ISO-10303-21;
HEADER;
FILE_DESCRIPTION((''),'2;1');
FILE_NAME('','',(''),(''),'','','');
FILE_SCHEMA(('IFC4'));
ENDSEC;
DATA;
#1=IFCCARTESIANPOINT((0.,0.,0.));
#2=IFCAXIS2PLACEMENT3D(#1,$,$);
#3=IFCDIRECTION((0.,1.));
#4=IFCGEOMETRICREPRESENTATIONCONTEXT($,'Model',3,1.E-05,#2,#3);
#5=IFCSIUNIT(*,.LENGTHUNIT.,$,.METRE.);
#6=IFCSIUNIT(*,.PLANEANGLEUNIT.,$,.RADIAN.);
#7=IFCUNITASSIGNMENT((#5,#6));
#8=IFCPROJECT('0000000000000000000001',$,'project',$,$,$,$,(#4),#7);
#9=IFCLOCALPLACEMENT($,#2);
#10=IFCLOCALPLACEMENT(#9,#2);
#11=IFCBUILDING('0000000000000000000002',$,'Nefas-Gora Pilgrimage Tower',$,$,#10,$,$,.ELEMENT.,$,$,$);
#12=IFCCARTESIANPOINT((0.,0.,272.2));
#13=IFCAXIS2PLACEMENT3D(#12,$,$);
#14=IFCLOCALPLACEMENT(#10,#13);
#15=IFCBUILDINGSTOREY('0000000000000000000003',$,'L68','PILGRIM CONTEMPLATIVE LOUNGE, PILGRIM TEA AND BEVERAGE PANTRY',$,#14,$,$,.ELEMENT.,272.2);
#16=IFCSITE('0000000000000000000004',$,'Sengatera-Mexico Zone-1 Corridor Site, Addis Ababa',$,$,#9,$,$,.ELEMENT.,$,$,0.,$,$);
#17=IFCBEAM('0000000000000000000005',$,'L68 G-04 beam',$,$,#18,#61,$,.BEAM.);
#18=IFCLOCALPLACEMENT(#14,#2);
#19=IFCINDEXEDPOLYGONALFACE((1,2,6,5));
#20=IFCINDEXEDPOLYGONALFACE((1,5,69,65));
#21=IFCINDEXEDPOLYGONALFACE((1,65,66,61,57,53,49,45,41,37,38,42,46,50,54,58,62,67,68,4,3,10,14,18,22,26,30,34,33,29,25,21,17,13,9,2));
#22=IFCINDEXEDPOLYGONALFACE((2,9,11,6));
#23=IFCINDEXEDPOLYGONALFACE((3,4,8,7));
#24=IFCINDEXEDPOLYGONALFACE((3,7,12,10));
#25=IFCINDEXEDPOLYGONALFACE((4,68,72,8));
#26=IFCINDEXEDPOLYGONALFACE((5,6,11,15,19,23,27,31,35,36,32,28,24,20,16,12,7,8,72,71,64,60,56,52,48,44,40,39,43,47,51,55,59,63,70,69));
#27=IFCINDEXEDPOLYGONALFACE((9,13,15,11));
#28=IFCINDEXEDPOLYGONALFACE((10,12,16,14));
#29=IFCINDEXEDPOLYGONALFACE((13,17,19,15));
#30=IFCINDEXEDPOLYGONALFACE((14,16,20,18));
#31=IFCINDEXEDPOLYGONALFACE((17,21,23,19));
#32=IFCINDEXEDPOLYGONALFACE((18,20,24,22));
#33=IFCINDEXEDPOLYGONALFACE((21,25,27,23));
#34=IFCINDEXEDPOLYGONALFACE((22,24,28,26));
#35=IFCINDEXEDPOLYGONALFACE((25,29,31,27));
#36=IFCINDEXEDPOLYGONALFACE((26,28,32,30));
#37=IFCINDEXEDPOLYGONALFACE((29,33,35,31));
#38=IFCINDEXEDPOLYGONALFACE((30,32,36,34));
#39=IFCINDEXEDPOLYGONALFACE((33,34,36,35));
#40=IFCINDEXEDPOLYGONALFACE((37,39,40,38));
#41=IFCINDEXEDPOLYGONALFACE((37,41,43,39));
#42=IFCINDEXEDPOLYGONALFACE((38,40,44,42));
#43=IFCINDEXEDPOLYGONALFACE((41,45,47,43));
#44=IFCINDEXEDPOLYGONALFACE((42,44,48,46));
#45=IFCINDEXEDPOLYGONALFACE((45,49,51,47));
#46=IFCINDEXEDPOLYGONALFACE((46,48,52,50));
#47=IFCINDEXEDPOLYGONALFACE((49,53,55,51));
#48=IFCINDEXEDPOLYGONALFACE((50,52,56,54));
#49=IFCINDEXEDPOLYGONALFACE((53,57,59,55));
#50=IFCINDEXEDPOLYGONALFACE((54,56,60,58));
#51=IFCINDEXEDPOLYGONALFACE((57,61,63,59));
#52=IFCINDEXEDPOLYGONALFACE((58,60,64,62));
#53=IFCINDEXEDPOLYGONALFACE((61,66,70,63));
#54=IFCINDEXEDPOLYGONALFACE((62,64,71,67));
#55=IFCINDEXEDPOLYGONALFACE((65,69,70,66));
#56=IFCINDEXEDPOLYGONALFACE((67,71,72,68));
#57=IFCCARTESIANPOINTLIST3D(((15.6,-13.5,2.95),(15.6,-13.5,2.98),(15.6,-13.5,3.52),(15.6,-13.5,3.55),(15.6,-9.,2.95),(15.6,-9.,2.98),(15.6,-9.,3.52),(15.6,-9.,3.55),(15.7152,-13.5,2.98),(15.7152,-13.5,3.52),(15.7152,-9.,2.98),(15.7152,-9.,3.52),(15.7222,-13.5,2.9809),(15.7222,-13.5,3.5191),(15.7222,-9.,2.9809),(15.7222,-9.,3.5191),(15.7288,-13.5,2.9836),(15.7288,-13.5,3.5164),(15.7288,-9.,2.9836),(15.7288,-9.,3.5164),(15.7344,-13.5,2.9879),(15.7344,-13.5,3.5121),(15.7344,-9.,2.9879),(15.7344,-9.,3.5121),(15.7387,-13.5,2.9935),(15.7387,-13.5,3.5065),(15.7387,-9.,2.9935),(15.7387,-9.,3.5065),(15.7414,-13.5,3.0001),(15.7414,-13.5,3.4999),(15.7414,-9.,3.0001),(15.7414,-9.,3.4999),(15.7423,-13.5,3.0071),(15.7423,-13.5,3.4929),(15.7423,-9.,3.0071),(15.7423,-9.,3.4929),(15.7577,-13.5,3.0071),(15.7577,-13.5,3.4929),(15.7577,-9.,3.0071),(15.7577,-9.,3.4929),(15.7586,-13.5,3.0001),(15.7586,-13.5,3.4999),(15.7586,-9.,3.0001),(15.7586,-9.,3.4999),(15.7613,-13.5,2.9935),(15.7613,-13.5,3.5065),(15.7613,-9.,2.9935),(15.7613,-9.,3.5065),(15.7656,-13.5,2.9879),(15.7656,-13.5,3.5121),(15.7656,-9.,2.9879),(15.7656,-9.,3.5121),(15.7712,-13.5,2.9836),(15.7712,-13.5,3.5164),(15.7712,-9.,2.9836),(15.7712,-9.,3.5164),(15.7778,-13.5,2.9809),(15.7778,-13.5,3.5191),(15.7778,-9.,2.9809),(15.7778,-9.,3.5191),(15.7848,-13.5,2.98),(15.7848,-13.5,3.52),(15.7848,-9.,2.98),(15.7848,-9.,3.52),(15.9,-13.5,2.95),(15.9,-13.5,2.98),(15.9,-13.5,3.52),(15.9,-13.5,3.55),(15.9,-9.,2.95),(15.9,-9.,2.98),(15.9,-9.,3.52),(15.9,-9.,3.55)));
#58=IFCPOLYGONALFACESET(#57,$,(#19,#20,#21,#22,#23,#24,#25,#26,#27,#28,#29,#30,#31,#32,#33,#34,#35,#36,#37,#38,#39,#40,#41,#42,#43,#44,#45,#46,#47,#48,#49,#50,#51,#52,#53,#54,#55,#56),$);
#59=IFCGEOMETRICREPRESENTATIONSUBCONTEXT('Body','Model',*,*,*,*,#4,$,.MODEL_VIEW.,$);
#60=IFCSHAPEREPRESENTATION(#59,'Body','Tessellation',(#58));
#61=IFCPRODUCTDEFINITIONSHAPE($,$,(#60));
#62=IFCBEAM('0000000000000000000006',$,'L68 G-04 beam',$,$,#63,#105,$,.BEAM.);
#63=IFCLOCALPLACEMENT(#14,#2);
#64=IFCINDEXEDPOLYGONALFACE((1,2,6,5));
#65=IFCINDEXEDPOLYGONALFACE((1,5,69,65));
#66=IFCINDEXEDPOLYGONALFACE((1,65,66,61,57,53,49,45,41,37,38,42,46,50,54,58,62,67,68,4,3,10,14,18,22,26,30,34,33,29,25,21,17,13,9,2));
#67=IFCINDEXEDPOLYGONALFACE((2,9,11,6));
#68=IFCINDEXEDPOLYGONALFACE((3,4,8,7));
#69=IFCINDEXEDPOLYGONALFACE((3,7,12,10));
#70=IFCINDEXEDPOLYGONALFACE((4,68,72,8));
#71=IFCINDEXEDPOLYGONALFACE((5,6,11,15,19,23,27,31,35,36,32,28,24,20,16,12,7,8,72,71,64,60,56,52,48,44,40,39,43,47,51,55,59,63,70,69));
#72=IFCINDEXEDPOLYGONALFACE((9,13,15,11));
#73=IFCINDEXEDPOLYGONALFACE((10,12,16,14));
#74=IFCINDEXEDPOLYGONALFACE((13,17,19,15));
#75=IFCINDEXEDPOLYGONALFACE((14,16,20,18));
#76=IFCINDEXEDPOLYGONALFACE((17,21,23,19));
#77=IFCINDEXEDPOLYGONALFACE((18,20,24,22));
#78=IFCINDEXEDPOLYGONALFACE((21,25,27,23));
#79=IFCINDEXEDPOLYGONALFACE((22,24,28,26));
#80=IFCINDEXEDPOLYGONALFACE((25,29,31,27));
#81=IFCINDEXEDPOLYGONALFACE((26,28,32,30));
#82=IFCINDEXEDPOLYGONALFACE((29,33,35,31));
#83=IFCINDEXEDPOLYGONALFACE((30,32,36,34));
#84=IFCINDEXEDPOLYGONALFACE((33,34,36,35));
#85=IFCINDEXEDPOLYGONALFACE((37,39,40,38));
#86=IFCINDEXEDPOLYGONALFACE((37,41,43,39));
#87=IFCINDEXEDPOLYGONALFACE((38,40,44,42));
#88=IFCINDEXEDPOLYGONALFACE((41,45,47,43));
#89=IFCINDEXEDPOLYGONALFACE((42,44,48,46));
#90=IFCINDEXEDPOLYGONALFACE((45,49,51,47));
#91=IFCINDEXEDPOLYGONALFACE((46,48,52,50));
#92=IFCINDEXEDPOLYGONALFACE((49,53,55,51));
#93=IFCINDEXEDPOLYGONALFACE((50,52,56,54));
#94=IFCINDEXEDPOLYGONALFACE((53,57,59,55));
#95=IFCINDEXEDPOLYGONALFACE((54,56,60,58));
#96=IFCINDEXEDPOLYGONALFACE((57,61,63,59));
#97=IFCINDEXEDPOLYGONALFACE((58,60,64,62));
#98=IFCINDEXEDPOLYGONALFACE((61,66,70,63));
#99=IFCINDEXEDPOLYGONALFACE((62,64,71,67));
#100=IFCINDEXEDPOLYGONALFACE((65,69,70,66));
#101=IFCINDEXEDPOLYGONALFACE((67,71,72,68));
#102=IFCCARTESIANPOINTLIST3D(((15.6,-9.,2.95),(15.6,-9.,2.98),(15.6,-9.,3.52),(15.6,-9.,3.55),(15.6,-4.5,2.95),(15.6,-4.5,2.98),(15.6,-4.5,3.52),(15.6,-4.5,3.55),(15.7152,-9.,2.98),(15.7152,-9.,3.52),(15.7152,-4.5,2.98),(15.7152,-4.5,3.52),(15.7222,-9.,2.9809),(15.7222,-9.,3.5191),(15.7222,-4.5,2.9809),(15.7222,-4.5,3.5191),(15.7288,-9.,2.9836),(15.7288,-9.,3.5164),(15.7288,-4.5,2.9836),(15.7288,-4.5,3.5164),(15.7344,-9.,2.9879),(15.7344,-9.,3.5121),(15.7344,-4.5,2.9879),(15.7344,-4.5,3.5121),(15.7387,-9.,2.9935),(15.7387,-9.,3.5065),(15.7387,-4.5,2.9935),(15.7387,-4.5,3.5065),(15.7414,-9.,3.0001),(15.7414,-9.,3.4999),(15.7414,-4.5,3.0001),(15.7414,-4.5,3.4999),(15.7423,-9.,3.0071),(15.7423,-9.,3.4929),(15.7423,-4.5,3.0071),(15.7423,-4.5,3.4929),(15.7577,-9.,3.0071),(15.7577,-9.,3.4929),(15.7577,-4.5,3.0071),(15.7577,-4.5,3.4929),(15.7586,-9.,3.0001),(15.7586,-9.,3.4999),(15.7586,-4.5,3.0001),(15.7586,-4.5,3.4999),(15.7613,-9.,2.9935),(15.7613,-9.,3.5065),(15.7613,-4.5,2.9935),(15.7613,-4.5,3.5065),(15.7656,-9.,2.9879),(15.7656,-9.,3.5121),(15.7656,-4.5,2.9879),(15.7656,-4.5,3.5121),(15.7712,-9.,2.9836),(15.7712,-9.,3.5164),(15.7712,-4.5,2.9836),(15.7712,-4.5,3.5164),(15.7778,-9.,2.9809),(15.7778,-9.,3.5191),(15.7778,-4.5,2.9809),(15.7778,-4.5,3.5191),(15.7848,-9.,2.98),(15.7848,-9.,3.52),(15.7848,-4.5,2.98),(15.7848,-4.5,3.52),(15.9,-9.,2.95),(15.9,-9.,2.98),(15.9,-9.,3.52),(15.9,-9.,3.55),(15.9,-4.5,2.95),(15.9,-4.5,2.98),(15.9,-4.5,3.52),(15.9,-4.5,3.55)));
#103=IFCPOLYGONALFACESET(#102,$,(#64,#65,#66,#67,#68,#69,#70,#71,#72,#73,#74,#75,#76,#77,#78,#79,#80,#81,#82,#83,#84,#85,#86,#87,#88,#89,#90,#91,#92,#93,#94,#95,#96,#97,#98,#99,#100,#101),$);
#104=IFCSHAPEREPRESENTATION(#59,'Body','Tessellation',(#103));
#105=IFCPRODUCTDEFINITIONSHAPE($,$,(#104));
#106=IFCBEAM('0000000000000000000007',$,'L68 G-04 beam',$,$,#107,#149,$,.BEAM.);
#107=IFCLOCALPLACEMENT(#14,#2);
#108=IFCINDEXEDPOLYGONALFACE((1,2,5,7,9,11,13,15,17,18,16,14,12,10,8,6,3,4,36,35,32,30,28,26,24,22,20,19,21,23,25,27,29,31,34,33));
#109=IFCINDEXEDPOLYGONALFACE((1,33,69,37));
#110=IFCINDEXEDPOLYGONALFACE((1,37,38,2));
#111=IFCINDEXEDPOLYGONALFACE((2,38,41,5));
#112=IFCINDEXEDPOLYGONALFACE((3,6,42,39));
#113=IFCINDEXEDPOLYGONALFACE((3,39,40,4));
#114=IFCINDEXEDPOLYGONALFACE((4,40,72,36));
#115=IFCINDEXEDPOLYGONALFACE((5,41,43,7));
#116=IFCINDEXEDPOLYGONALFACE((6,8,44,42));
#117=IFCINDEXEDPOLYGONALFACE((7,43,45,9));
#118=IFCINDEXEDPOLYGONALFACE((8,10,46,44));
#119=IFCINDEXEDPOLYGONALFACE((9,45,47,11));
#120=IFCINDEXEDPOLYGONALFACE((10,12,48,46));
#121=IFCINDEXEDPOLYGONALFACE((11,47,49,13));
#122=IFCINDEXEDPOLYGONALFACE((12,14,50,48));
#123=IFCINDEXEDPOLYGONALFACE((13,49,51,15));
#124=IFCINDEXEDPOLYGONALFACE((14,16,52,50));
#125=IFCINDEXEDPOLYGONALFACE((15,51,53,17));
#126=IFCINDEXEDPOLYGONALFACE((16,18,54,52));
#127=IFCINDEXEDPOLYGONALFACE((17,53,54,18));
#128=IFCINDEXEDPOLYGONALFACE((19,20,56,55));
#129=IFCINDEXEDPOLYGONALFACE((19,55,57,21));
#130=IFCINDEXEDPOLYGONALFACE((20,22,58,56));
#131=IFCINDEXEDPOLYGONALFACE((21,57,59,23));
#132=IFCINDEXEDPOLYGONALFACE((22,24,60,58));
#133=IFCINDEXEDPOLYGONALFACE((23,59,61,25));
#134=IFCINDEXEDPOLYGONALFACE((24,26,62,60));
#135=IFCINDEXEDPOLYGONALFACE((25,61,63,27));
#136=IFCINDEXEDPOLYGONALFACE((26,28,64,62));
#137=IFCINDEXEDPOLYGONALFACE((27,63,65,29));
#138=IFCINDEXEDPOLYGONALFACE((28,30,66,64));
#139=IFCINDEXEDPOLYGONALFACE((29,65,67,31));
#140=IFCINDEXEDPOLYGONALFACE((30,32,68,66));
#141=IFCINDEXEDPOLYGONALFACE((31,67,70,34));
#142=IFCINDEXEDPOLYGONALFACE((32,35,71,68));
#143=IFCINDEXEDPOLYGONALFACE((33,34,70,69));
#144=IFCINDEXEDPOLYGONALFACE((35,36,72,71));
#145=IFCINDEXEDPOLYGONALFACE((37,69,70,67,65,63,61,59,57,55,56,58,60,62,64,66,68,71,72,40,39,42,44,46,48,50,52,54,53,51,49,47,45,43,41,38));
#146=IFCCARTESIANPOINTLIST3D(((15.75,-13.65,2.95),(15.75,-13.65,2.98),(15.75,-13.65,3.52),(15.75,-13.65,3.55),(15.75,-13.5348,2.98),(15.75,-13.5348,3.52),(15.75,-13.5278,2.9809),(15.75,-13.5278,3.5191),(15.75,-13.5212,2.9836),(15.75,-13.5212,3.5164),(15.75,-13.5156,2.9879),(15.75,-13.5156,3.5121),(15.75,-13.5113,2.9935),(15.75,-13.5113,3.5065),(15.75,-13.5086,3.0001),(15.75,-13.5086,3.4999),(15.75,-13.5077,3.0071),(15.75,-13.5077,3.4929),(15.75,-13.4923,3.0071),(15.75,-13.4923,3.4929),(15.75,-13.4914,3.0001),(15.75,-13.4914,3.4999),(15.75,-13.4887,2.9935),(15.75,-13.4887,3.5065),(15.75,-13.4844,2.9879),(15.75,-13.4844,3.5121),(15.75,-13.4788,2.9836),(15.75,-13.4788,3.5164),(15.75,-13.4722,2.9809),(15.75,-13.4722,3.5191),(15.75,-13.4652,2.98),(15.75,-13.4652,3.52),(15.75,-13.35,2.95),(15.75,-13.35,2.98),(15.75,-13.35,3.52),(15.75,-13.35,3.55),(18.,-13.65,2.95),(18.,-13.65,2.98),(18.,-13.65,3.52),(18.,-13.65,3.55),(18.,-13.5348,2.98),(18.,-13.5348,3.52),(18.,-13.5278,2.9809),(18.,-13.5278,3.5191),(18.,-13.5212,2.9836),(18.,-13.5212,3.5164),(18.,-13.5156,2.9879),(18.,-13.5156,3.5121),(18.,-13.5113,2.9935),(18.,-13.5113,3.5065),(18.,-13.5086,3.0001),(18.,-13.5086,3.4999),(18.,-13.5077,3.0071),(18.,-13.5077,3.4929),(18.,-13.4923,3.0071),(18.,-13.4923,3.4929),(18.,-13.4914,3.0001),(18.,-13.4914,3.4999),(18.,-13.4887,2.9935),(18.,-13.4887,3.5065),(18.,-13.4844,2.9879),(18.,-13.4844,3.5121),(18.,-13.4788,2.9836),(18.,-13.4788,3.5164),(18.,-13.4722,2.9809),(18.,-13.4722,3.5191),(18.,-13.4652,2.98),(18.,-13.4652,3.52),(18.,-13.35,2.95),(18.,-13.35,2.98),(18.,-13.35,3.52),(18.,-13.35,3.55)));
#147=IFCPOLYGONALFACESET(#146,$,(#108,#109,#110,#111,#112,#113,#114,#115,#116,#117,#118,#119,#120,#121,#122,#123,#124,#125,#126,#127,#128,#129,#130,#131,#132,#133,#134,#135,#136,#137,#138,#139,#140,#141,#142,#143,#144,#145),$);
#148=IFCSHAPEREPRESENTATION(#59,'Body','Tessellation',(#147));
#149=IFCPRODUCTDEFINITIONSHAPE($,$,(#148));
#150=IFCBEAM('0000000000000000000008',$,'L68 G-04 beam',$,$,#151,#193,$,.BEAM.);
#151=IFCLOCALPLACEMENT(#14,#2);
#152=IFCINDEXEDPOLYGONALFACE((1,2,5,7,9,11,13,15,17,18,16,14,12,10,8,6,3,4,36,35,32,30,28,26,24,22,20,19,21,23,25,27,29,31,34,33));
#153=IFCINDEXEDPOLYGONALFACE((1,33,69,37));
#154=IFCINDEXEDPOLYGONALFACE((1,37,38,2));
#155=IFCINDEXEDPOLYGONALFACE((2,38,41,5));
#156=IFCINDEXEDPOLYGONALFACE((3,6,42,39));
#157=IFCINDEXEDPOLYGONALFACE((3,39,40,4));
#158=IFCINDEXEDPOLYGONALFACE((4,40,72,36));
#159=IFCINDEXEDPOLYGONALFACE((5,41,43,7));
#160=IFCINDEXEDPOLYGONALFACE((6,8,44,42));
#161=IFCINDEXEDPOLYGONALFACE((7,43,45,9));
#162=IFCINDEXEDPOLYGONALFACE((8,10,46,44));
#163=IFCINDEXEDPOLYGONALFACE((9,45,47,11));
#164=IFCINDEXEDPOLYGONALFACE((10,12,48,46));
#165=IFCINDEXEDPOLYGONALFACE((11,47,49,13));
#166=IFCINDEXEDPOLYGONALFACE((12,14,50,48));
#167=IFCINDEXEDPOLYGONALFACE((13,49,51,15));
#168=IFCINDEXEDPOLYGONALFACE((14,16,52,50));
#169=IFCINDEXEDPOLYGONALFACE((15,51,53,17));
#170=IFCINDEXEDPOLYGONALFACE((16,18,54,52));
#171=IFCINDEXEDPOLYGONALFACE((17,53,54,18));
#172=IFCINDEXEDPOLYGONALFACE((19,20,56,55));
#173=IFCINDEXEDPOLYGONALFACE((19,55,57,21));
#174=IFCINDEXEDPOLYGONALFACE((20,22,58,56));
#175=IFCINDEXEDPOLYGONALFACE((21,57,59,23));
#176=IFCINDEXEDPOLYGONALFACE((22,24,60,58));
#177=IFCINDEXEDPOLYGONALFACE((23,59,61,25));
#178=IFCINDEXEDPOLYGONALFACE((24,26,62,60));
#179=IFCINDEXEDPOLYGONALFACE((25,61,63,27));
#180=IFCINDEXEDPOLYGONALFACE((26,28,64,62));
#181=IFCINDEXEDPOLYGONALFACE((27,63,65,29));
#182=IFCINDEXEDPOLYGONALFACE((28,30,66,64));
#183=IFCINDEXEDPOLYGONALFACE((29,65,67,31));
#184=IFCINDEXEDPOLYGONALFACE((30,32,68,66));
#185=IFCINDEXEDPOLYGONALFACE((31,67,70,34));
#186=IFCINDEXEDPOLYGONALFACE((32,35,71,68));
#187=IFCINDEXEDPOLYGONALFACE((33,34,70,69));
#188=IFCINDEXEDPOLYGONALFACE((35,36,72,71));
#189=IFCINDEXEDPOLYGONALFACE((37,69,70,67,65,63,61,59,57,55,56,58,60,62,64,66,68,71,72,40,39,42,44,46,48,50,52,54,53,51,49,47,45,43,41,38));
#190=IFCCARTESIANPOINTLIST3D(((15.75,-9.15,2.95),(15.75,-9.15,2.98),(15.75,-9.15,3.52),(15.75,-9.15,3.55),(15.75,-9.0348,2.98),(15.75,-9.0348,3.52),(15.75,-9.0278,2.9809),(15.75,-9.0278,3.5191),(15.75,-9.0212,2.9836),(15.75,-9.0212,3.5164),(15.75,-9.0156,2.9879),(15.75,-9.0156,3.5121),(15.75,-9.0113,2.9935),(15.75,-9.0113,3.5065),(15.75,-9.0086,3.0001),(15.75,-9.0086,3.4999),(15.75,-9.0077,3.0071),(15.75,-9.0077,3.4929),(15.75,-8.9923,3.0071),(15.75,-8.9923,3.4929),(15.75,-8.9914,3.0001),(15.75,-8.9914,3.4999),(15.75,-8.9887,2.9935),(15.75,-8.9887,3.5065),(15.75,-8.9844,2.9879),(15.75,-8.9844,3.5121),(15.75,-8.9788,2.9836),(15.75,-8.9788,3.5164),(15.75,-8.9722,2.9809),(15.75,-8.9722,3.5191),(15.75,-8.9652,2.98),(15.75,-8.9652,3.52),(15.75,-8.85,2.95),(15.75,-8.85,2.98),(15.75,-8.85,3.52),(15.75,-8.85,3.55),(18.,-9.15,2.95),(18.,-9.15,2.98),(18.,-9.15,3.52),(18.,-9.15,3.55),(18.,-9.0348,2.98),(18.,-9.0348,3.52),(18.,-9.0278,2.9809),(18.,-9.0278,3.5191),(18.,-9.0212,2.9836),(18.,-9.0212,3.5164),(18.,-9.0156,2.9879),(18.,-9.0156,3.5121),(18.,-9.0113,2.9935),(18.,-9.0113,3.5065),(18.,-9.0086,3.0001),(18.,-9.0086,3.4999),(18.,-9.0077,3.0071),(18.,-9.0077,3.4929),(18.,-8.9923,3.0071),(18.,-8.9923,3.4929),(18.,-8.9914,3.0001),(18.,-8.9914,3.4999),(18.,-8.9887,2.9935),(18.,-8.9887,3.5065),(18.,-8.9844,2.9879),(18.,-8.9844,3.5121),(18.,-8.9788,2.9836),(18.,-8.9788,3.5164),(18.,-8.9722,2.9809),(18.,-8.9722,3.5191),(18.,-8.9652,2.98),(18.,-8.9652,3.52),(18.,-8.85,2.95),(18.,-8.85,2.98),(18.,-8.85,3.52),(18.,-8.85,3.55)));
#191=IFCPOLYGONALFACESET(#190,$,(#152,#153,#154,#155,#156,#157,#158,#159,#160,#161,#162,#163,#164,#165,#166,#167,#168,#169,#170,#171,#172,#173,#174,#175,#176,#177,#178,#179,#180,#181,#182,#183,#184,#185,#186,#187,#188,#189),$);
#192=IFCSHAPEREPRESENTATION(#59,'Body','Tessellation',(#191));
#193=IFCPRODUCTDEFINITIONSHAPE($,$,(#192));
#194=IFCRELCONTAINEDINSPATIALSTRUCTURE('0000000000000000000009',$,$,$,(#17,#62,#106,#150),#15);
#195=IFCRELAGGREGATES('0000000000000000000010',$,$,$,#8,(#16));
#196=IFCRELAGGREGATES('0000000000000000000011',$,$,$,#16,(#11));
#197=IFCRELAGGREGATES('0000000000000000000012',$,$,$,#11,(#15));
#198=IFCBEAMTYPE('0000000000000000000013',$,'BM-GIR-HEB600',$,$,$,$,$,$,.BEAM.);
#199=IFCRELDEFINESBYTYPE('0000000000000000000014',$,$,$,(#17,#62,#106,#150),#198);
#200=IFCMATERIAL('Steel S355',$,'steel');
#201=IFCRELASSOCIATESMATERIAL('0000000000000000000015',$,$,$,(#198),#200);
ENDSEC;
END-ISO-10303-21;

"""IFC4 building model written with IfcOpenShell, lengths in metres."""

from ifc_helpers import new_model, si_unit, direction, frame, origin, origin_2d, place, context, subcontext, project, spatial, i_section, extrude, source, transform, mapped, material, material_profile, profile_set, type_object, element, save


model = new_model("IFC4")

# Units and contexts
model_context = context("Model", 3, precision=1e-05, world=origin(), true_north=direction((0.0, 1.0)))
body_context = subcontext(model_context, "Body", "Model", "MODEL_VIEW")
ifc_project = project(units=[si_unit("LENGTHUNIT", "METRE"), si_unit("PLANEANGLEUNIT", "RADIAN")], contexts=[model_context])

# Site, building, storey
site_placement = place(None, origin())
site = spatial("IfcSite", under=ifc_project, at=site_placement, Name="Sengatera-Mexico Zone-1 Corridor Site, Addis Ababa", CompositionType="ELEMENT", RefElevation=0.0)
building_placement = place(site_placement, origin())
building = spatial("IfcBuilding", under=site, at=building_placement, Name="Nefas-Gora Pilgrimage Tower", CompositionType="ELEMENT")
storey_placement = place(building_placement, frame((0.0, 0.0, 272.2)))
storey = spatial("IfcBuildingStorey", under=building, at=storey_placement, Name="L68", Description="PILGRIM CONTEMPLATIVE LOUNGE, PILGRIM TEA AND BEVERAGE PANTRY", CompositionType="ELEMENT", Elevation=272.2)

# Shared definitions
ifc_material_1 = material(Name="Steel S355", Category="steel")

# Beams
ifc_material_profile_1 = material_profile(ifc_material_1, i_section(OverallWidth=0.3, OverallDepth=0.6001, WebThickness=0.0154, FlangeThickness=0.03, FilletRadius=0.0271, at=origin_2d()), Name="HEB 600")
ifc_profile_set_1 = profile_set([ifc_material_profile_1], Name="Steel S355")
beam_type_1 = type_object("IfcBeamType", Name="BM-GIR-HEB600", PredefinedType="BEAM", material=ifc_profile_set_1)
shared_shape_1 = source(origin(), body_context, "Body", "SweptSolid", [
    extrude(i_section(OverallWidth=0.3, OverallDepth=0.6001, WebThickness=0.0154, FlangeThickness=0.03, FilletRadius=0.0271, at=origin_2d()), origin(), (0.0, 0.0, 1.0), 4.5),
])
for number, where, z_axis, x_axis, name in (
    (1, (15.75, -13.5, 3.25), (0.0, 1.0, 0.0), (-1.0, 0.0, 0.0), "L68 G-04 beam"),
    (2, (15.75, -9.0, 3.25), (0.0, 1.0, 0.0), (-1.0, 0.0, 0.0), "L68 G-04 beam"),
):
    element("IfcBeam", number, at=place(storey_placement, frame(where, z_axis=z_axis, x_axis=x_axis)), inside=storey, type_object=beam_type_1, Name=name, PredefinedType="BEAM", context=body_context, shape_type="MappedRepresentation", body=[
        mapped(shared_shape_1, transform((0.0, 0.0, 0.0), x_axis=(1.0, 0.0, 0.0), y_axis=(0.0, 1.0, 0.0), z_axis=(0.0, 0.0, 1.0), scale=1.0)),
    ])
shared_shape_2 = source(origin(), body_context, "Body", "SweptSolid", [
    extrude(i_section(OverallWidth=0.3, OverallDepth=0.6001, WebThickness=0.0154, FlangeThickness=0.03, FilletRadius=0.0271, at=origin_2d()), origin(), (0.0, 0.0, 1.0), 2.25),
])
for number, where, z_axis, x_axis, name in (
    (3, (15.75, -13.5, 3.25), (1.0, 0.0, 0.0), (0.0, 1.0, 0.0), "L68 G-04 beam"),
    (4, (15.75, -9.0, 3.25), (1.0, 0.0, 0.0), (0.0, 1.0, 0.0), "L68 G-04 beam"),
):
    element("IfcBeam", number, at=place(storey_placement, frame(where, z_axis=z_axis, x_axis=x_axis)), inside=storey, type_object=beam_type_1, Name=name, PredefinedType="BEAM", context=body_context, shape_type="MappedRepresentation", body=[
        mapped(shared_shape_2, transform((0.0, 0.0, 0.0), x_axis=(1.0, 0.0, 0.0), y_axis=(0.0, 1.0, 0.0), z_axis=(0.0, 0.0, 1.0), scale=1.0)),
    ])

save(model, "model.ifc")
